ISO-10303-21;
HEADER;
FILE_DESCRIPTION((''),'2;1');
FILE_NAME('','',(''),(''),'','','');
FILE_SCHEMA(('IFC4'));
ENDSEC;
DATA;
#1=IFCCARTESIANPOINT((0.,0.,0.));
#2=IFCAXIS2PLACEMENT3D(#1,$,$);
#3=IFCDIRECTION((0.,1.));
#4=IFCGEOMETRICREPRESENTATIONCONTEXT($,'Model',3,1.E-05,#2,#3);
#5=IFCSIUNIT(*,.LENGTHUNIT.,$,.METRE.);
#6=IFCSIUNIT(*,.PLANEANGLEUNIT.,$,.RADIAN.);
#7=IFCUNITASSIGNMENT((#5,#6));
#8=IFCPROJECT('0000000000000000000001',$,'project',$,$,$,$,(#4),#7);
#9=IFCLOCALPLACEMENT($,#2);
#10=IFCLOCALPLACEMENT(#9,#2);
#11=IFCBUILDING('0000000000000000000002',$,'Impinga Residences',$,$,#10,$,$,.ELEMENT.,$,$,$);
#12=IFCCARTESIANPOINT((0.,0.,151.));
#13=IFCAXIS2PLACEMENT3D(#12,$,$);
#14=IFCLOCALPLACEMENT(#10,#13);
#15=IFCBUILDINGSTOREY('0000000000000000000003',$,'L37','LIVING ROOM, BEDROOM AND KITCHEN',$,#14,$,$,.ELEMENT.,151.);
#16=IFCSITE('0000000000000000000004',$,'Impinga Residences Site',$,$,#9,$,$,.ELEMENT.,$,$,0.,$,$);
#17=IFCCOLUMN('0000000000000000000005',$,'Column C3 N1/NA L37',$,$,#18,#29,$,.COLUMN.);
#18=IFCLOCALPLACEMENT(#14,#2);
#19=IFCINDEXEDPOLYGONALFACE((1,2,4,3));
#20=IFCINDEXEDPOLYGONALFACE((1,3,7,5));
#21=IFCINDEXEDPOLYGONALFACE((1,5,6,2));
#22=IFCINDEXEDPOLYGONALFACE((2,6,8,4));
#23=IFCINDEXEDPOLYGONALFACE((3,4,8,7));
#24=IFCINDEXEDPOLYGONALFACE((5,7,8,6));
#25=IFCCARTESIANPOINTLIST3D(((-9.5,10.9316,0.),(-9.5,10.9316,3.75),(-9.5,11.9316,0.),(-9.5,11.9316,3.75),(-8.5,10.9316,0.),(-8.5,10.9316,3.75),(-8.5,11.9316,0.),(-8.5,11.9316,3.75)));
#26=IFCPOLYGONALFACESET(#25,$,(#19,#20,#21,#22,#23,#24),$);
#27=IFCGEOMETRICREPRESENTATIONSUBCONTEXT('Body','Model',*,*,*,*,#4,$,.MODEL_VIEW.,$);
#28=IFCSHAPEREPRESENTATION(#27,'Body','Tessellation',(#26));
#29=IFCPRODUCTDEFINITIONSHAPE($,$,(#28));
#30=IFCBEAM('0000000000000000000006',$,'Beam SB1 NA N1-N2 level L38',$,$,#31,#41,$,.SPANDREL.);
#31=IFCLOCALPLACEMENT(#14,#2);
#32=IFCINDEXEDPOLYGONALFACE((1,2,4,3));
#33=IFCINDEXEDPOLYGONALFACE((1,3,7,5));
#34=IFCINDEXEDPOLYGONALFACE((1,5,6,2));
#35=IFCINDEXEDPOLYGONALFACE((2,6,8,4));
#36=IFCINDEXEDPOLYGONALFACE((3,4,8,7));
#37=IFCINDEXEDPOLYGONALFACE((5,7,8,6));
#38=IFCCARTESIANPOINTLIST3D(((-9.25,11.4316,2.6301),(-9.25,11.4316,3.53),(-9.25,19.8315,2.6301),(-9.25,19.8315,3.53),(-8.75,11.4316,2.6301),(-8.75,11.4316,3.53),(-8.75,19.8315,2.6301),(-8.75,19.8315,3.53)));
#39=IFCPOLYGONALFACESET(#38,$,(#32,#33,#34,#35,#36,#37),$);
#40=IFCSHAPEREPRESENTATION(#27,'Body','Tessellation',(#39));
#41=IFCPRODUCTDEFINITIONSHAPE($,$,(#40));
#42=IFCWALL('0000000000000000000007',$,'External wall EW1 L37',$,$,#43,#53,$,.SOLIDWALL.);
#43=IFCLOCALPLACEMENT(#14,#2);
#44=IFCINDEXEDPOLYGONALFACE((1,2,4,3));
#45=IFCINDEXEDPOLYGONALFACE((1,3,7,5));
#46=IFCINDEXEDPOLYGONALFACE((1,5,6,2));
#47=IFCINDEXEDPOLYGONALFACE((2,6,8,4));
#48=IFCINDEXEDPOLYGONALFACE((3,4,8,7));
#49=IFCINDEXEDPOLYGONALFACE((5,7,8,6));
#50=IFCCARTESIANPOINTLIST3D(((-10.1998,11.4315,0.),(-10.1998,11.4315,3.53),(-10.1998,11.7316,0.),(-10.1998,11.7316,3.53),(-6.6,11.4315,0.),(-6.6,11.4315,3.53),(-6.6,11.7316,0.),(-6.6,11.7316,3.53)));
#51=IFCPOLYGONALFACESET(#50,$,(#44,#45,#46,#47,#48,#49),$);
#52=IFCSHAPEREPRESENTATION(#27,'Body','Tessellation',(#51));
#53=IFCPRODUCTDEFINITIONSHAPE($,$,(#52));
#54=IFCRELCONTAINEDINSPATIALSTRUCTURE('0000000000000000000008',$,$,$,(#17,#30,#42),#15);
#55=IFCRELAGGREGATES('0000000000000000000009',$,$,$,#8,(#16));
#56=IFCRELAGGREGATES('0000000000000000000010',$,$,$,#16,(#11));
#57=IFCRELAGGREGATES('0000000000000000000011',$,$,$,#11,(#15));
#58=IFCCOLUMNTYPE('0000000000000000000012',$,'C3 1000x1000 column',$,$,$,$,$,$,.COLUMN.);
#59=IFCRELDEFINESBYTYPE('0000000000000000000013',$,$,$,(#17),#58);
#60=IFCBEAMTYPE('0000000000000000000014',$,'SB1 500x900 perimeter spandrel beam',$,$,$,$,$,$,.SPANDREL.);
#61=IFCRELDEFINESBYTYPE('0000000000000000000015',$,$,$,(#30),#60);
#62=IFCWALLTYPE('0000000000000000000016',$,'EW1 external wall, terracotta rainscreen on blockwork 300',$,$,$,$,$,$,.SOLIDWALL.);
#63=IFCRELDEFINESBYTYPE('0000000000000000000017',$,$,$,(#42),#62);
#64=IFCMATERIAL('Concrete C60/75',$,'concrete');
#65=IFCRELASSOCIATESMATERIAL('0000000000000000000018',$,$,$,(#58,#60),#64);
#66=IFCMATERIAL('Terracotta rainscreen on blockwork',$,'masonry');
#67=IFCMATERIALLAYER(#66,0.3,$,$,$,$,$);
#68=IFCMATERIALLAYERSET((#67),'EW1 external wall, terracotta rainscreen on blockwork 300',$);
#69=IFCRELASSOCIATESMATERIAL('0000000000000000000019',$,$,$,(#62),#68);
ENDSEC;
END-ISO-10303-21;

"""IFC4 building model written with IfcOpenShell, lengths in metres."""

from ifc_helpers import new_model, si_unit, direction, frame, frame_2d, origin, origin_2d, place, context, subcontext, project, spatial, rectangle, extrude, material, layer, layer_set, material_profile, profile_set, type_object, element, save


model = new_model("IFC4")

# Units and contexts
model_context = context("Model", 3, precision=1e-05, world=origin(), true_north=direction((0.0, 1.0)))
body_context = subcontext(model_context, "Body", "Model", "MODEL_VIEW")
ifc_project = project(units=[si_unit("LENGTHUNIT", "METRE"), si_unit("PLANEANGLEUNIT", "RADIAN")], contexts=[model_context])

# Site, building, storey
site_placement = place(None, origin())
site = spatial("IfcSite", under=ifc_project, at=site_placement, Name="Impinga Residences Site", CompositionType="ELEMENT", RefElevation=0.0)
building_placement = place(site_placement, origin())
building = spatial("IfcBuilding", under=site, at=building_placement, Name="Impinga Residences", CompositionType="ELEMENT")
storey_placement = place(building_placement, frame((0.0, 0.0, 151.0)))
storey = spatial("IfcBuildingStorey", under=building, at=storey_placement, Name="L37", Description="LIVING ROOM, BEDROOM AND KITCHEN", CompositionType="ELEMENT", Elevation=151.0)

# Column
ifc_material_1 = material(Name="Concrete C60/75", Category="concrete")
ifc_material_profile_1 = material_profile(ifc_material_1, rectangle(XDim=1.0, YDim=1.0, at=origin_2d()), Name="RC 1000x1000")
ifc_profile_set_1 = profile_set([ifc_material_profile_1], Name="Concrete C60/75")
column_type = type_object("IfcColumnType", Name="C3 1000x1000 column", PredefinedType="COLUMN", material=ifc_profile_set_1)
column_placement = place(storey_placement, frame((-9.0, 11.4316, 0.0), z_axis=(0.0, 0.0, 1.0), x_axis=(1.0, 0.0, 0.0)))
element("IfcColumn", 1, at=column_placement, inside=storey, type_object=column_type, Name="Column C3 N1/NA L37", PredefinedType="COLUMN", context=body_context, shape_type="SweptSolid", body=[
    extrude(rectangle(XDim=1.0, YDim=1.0, at=origin_2d()), origin(), (0.0, 0.0, 1.0), 3.75),
])

# Beam
ifc_material_profile_2 = material_profile(ifc_material_1, rectangle(XDim=0.5, YDim=0.8999, at=origin_2d()), Name="RC 500x900")
ifc_profile_set_2 = profile_set([ifc_material_profile_2], Name="Concrete C60/75")
beam_type = type_object("IfcBeamType", Name="SB1 500x900 perimeter spandrel beam", PredefinedType="SPANDREL", material=ifc_profile_set_2)
beam_placement = place(storey_placement, frame((-9.0, 11.4316, 3.0801), z_axis=(0.0, 1.0, 0.0), x_axis=(-1.0, 0.0, 0.0)))
element("IfcBeam", 2, at=beam_placement, inside=storey, type_object=beam_type, Name="Beam SB1 NA N1-N2 level L38", PredefinedType="SPANDREL", context=body_context, shape_type="SweptSolid", body=[
    extrude(rectangle(XDim=0.5, YDim=0.8999, at=origin_2d()), origin(), (0.0, 0.0, 1.0), 8.3999),
])

# Wall
ifc_material_2 = material(Name="Terracotta rainscreen on blockwork", Category="masonry")
ifc_layer_1 = layer(ifc_material_2, 0.3)
ifc_layer_set_1 = layer_set([ifc_layer_1], Name="EW1 external wall, terracotta rainscreen on blockwork 300")
wall_type_1 = type_object("IfcWallType", Name="EW1 external wall, terracotta rainscreen on blockwork 300", PredefinedType="SOLIDWALL", material=ifc_layer_set_1)
wall_1_placement = place(storey_placement, frame((-6.6001, 11.5815, 0.0), z_axis=(0.0, 0.0, 1.0), x_axis=(-1.0, 0.0, 0.0)))
element("IfcWall", 3, at=wall_1_placement, inside=storey, type_object=wall_type_1, Name="External wall EW1 L37", PredefinedType="SOLIDWALL", context=body_context, shape_type="SweptSolid", body=[
    extrude(rectangle(XDim=3.5999, YDim=0.3, at=frame_2d((1.7998, 0.0))), origin(), (0.0, 0.0, 1.0), 3.53),
])

save(model, "model.ifc")
